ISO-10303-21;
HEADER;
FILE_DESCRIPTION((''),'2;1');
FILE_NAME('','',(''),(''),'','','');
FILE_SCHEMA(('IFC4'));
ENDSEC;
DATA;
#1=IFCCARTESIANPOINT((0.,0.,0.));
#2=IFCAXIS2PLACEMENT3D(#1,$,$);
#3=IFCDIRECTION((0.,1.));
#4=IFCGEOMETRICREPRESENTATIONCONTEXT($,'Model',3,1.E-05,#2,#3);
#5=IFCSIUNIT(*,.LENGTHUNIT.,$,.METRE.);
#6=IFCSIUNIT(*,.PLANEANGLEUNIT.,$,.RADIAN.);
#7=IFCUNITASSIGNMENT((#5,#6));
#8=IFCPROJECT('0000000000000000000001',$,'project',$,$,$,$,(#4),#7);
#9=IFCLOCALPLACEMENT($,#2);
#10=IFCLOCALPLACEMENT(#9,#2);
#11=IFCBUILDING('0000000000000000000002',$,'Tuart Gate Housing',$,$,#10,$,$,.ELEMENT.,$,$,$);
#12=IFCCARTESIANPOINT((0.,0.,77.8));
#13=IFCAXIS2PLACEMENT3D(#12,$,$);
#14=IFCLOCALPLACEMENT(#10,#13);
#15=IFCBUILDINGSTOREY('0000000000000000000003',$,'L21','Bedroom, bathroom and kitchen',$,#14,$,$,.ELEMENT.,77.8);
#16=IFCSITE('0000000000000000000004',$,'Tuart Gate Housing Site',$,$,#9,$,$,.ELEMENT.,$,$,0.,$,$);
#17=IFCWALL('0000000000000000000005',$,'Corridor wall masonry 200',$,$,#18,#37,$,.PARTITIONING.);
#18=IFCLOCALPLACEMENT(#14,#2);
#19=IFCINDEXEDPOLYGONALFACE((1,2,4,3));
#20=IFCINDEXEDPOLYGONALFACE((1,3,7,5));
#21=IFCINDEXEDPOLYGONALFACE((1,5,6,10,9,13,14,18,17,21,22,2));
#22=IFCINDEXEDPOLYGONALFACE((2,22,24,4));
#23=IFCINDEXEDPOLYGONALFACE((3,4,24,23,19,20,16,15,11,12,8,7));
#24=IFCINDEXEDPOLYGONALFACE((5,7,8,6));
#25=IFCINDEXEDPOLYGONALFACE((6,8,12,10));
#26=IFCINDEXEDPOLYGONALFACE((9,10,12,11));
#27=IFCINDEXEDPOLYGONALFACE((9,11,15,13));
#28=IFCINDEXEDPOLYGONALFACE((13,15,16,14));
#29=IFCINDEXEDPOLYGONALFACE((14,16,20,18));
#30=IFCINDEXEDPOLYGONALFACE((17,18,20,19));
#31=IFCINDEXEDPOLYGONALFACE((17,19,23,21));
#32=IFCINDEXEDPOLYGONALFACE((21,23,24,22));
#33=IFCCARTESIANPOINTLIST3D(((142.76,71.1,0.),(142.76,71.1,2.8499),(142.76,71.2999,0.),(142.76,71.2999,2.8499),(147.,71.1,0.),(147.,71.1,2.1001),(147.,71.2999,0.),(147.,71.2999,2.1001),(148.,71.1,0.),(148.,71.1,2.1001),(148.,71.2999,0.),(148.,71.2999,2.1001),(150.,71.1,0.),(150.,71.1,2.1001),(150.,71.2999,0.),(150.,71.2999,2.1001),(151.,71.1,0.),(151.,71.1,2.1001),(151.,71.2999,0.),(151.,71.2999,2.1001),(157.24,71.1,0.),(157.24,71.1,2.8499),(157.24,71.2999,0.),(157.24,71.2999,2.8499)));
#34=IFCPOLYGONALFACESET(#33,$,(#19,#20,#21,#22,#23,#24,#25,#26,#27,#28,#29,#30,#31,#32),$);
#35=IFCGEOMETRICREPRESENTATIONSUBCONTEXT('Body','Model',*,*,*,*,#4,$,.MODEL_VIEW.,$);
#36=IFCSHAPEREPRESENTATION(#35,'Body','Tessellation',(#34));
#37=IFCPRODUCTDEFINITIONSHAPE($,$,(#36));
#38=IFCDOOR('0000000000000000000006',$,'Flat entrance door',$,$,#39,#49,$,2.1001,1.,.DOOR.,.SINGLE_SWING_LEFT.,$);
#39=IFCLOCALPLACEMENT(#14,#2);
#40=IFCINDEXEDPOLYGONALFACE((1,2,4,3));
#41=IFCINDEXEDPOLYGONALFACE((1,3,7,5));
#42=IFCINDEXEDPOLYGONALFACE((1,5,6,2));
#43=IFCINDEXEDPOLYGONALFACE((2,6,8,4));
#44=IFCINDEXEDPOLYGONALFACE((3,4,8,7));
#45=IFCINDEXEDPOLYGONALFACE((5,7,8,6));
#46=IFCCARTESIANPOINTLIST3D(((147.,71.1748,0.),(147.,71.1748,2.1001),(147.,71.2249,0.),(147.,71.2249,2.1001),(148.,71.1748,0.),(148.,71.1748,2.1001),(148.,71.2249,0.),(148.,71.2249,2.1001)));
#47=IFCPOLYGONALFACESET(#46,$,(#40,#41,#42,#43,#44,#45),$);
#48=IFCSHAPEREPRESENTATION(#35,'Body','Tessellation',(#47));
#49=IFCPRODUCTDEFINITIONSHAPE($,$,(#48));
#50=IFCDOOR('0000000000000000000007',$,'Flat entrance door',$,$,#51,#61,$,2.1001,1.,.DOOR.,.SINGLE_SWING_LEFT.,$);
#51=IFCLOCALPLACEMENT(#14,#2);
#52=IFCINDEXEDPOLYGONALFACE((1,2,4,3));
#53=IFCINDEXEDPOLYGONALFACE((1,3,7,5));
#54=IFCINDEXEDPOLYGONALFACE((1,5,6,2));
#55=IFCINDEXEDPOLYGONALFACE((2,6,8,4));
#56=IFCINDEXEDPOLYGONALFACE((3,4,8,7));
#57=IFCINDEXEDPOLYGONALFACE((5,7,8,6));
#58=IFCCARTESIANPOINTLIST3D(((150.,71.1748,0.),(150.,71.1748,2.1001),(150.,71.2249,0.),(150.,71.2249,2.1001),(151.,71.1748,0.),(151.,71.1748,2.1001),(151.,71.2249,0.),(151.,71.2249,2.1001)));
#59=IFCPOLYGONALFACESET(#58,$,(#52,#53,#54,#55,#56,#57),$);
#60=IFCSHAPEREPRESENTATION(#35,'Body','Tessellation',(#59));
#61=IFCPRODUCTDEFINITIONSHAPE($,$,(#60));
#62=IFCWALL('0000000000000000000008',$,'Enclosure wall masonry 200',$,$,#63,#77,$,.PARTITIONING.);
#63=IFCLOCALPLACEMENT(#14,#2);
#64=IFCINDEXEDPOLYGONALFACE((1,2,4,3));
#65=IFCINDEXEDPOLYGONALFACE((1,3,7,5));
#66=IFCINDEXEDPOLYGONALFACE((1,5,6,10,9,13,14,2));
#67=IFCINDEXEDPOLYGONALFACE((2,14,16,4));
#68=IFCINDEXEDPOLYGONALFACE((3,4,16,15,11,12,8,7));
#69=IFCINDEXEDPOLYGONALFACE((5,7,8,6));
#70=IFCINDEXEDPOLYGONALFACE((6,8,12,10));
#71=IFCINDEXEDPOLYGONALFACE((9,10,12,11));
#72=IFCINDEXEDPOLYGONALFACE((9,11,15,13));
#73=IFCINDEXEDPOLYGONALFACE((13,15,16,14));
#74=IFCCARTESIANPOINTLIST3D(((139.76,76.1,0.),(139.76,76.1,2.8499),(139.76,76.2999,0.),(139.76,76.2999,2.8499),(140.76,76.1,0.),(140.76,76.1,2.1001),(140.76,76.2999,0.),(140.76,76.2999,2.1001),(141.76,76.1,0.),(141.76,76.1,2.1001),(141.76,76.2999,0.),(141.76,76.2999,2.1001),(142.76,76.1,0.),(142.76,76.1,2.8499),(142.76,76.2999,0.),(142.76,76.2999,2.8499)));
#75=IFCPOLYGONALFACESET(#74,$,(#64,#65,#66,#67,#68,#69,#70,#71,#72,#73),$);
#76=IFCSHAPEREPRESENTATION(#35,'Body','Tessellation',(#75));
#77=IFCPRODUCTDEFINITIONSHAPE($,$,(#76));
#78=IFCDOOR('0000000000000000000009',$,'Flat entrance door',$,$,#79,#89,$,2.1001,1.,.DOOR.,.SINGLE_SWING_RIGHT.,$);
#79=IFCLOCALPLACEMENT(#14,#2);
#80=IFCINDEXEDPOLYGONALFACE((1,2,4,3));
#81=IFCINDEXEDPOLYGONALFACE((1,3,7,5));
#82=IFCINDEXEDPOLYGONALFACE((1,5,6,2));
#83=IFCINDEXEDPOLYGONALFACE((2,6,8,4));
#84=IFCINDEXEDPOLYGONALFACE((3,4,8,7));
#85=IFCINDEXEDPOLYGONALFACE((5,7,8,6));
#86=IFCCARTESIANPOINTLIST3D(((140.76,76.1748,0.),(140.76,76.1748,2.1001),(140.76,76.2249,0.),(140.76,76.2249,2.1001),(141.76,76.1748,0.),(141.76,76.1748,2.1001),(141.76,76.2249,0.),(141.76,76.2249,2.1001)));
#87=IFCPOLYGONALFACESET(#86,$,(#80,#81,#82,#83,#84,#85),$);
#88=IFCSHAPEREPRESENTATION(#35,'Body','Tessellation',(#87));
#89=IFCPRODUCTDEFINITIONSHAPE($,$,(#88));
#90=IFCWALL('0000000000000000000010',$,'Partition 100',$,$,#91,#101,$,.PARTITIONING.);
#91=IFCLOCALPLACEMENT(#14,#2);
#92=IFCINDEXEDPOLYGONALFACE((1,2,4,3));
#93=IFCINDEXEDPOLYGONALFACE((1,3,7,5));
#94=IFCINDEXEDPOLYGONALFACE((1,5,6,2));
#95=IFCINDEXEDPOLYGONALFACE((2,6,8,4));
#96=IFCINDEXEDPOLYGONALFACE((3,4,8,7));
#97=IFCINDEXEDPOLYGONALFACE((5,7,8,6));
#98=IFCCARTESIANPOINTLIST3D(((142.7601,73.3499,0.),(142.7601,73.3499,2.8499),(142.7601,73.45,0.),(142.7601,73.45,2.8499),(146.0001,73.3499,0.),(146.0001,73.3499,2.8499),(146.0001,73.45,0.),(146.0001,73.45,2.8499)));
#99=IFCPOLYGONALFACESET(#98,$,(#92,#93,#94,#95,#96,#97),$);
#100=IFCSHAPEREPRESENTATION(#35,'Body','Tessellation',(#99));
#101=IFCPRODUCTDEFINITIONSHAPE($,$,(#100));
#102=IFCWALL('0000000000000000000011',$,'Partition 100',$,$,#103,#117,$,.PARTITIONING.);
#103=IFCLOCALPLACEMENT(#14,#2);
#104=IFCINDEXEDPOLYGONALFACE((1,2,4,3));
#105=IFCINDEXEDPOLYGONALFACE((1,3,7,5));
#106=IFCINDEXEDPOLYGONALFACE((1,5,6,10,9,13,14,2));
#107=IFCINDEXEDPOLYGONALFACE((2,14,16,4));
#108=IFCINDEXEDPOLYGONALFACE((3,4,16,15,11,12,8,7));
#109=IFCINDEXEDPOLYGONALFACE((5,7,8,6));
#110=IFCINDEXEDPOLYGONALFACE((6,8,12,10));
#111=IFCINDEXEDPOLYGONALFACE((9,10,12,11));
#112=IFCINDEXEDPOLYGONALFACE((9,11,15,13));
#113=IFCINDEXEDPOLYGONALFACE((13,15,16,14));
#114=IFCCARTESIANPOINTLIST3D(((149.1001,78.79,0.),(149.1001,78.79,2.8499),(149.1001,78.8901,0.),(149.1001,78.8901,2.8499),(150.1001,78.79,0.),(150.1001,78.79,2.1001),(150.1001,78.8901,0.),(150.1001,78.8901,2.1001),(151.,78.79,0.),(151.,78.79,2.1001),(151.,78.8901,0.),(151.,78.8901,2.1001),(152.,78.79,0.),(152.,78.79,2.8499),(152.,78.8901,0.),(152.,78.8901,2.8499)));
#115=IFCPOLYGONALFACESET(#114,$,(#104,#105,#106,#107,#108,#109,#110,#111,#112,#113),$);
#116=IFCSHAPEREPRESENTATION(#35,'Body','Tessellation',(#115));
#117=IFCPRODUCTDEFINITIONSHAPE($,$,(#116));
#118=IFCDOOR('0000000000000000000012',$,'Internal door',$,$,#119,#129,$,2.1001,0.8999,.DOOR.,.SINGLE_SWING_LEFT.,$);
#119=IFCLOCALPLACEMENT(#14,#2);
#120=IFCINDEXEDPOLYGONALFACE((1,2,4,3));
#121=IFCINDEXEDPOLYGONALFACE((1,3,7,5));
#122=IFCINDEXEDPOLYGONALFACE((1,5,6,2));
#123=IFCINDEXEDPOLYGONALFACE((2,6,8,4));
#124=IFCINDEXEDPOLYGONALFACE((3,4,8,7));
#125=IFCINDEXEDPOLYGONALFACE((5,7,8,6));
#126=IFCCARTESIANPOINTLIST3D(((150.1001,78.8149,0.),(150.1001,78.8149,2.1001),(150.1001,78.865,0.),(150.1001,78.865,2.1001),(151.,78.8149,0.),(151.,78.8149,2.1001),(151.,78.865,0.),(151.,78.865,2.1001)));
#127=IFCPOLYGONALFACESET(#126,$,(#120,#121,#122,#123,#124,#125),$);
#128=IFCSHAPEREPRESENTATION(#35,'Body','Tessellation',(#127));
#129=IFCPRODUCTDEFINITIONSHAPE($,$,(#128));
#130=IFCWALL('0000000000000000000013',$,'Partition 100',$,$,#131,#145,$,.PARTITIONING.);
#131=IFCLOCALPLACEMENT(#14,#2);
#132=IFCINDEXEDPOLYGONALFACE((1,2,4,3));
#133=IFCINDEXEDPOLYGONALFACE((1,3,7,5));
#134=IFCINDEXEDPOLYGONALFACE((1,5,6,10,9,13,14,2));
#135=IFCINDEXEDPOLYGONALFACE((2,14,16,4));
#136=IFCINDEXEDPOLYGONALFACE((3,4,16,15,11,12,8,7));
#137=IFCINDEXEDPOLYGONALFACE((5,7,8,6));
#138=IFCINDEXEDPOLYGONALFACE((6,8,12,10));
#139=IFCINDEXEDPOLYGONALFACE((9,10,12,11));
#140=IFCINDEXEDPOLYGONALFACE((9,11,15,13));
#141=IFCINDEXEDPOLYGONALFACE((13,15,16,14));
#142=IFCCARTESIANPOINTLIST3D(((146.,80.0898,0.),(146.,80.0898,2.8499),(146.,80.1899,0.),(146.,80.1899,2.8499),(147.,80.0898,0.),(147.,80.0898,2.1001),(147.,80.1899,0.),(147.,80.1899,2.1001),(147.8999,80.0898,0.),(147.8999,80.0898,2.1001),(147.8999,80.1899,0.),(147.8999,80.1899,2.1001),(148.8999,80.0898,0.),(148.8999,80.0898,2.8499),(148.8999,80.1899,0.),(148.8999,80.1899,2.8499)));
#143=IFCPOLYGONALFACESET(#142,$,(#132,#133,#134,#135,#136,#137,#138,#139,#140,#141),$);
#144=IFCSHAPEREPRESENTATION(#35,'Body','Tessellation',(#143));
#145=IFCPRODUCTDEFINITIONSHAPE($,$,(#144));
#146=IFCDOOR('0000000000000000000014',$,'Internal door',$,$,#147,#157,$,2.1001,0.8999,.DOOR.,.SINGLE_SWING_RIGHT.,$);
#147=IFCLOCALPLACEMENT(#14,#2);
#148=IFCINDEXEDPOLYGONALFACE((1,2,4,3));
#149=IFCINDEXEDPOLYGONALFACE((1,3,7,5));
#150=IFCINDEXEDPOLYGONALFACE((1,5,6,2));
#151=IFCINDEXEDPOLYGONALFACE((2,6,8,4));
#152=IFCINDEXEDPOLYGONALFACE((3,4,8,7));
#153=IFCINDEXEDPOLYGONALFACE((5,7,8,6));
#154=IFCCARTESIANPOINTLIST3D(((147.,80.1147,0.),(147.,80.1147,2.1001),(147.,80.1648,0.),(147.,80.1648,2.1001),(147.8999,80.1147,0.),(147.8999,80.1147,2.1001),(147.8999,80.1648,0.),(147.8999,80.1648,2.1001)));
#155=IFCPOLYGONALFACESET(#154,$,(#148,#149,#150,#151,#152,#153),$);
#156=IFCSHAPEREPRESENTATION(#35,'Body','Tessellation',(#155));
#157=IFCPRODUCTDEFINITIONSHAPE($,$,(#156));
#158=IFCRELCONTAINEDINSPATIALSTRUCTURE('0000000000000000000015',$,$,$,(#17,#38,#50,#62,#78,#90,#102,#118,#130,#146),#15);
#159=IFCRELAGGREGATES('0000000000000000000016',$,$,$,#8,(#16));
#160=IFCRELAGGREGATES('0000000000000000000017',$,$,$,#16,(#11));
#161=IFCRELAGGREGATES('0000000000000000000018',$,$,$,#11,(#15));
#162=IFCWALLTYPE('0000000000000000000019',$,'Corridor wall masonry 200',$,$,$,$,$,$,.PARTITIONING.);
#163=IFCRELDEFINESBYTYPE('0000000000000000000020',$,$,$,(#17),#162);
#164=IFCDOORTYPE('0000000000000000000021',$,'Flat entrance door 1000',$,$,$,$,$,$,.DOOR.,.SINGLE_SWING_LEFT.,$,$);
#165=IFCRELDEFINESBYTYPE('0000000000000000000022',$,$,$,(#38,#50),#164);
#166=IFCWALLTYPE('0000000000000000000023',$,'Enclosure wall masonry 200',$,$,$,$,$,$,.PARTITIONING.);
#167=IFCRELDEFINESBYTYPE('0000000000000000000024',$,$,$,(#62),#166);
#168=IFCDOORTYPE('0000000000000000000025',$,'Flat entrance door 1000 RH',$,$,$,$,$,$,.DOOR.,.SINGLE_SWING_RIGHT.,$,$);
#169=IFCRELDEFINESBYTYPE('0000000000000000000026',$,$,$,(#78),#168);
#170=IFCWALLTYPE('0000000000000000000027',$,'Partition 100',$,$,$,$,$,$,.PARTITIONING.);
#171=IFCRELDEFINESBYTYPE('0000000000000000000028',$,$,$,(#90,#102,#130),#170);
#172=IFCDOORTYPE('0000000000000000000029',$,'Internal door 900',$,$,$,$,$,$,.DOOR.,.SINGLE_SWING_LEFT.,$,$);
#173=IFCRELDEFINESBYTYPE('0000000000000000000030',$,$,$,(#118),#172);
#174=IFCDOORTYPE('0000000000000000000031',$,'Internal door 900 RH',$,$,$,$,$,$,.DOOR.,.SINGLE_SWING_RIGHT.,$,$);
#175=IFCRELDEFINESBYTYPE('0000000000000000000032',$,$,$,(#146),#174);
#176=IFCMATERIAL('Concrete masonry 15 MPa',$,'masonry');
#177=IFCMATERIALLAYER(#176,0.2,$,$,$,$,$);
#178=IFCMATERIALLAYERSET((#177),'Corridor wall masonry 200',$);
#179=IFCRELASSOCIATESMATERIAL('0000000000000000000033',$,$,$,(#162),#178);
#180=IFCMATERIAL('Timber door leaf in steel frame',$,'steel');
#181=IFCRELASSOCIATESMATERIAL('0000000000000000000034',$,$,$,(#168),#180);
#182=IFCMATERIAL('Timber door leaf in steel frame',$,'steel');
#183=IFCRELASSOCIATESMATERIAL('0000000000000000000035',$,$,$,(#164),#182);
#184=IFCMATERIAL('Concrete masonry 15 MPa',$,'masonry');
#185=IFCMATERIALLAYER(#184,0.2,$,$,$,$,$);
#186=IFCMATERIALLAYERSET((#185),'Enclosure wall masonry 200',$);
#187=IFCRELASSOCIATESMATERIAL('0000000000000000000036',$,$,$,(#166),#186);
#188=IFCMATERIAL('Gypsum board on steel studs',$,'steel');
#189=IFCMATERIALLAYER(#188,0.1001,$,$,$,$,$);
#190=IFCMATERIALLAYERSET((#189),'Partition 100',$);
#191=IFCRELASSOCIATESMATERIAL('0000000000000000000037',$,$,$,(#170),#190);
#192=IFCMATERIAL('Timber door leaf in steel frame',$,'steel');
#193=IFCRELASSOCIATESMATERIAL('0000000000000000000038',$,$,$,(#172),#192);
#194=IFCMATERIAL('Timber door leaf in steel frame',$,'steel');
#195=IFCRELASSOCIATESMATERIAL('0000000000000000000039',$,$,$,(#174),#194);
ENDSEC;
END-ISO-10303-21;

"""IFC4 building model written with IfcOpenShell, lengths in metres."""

from ifc_helpers import new_model, si_unit, direction, frame, frame_2d, origin, place, context, subcontext, project, spatial, rectangle, extrude, material, layer, layer_set, type_object, element, fill, save


model = new_model("IFC4")

# Units and contexts
model_context = context("Model", 3, precision=1e-05, world=origin(), true_north=direction((0.0, 1.0)))
body_context = subcontext(model_context, "Body", "Model", "MODEL_VIEW")
ifc_project = project(units=[si_unit("LENGTHUNIT", "METRE"), si_unit("PLANEANGLEUNIT", "RADIAN")], contexts=[model_context])

# Site, building, storey
site_placement = place(None, origin())
site = spatial("IfcSite", under=ifc_project, at=site_placement, Name="Tuart Gate Housing Site", CompositionType="ELEMENT", RefElevation=0.0)
building_placement = place(site_placement, origin())
building = spatial("IfcBuilding", under=site, at=building_placement, Name="Tuart Gate Housing", CompositionType="ELEMENT")
storey_placement = place(building_placement, frame((0.0, 0.0, 77.8)))
storey = spatial("IfcBuildingStorey", under=building, at=storey_placement, Name="L21", Description="Bedroom, bathroom and kitchen", CompositionType="ELEMENT", Elevation=77.8)

# Wall, openings, doors
ifc_material_1 = material(Name="Concrete masonry 15 MPa", Category="masonry")
ifc_layer_1 = layer(ifc_material_1, 0.2)
ifc_layer_set_1 = layer_set([ifc_layer_1], Name="Corridor wall masonry 200")
wall_type_1 = type_object("IfcWallType", Name="Corridor wall masonry 200", PredefinedType="PARTITIONING", material=ifc_layer_set_1)
ifc_material_2 = material(Name="Timber door leaf in steel frame", Category="steel")
door_type_1 = type_object("IfcDoorType", Name="Flat entrance door 1000 RH", OperationType="SINGLE_SWING_RIGHT", PredefinedType="DOOR", material=ifc_material_2)
wall_1_placement = place(storey_placement, frame((142.76, 71.2, 0.0), z_axis=(0.0, 0.0, 1.0), x_axis=(1.0, 0.0, 0.0)))
wall_1 = element("IfcWall", 1, at=wall_1_placement, inside=storey, type_object=wall_type_1, Name="Corridor wall masonry 200", PredefinedType="PARTITIONING", context=body_context, shape_type="SweptSolid", body=[
    extrude(rectangle(XDim=14.48, YDim=0.2, at=frame_2d((7.24, 0.0))), origin(), (0.0, 0.0, 1.0), 2.8499),
])
opening_1_placement = place(wall_1_placement, frame((4.24, 0.0, 0.0)))
opening_1 = element("IfcOpeningElement", 2, at=opening_1_placement, cuts=wall_1, PredefinedType="OPENING", context=body_context, shape_type="SweptSolid", body=[
    extrude(rectangle(XDim=1.0, YDim=2.1001, at=frame_2d((0.5, 1.05))), frame((0.0, 0.1099, 0.0), z_axis=(0.0, -1.0, 0.0), x_axis=(1.0, 0.0, 0.0)), (0.0, 0.0, 1.0), 0.22),
])
opening_2_placement = place(wall_1_placement, frame((7.24, 0.0, 0.0)))
opening_2 = element("IfcOpeningElement", 3, at=opening_2_placement, cuts=wall_1, PredefinedType="OPENING", context=body_context, shape_type="SweptSolid", body=[
    extrude(rectangle(XDim=1.0, YDim=2.1001, at=frame_2d((0.5, 1.05))), frame((0.0, 0.1099, 0.0), z_axis=(0.0, -1.0, 0.0), x_axis=(1.0, 0.0, 0.0)), (0.0, 0.0, 1.0), 0.22),
])
ifc_material_3 = material(Name="Timber door leaf in steel frame", Category="steel")
door_type_2 = type_object("IfcDoorType", Name="Flat entrance door 1000", OperationType="SINGLE_SWING_LEFT", PredefinedType="DOOR", material=ifc_material_3)
door_1_placement = place(opening_1_placement, origin())
door_1 = element("IfcDoor", 4, at=door_1_placement, inside=storey, type_object=door_type_2, Name="Flat entrance door", OperationType="SINGLE_SWING_LEFT", OverallHeight=2.1001, OverallWidth=1.0, PredefinedType="DOOR", context=body_context, shape_type="SweptSolid", body=[
    extrude(rectangle(XDim=1.0, YDim=2.1001, at=frame_2d((0.5, 1.05))), frame((0.0, 0.0249, 0.0), z_axis=(0.0, -1.0, 0.0), x_axis=(1.0, 0.0, 0.0)), (0.0, 0.0, 1.0), 0.05),
])
fill(opening_1, door_1)
door_2_placement = place(opening_2_placement, origin())
door_2 = element("IfcDoor", 5, at=door_2_placement, inside=storey, type_object=door_type_2, Name="Flat entrance door", OperationType="SINGLE_SWING_LEFT", OverallHeight=2.1001, OverallWidth=1.0, PredefinedType="DOOR", context=body_context, shape_type="SweptSolid", body=[
    extrude(rectangle(XDim=1.0, YDim=2.1001, at=frame_2d((0.5, 1.05))), frame((0.0, 0.0249, 0.0), z_axis=(0.0, -1.0, 0.0), x_axis=(1.0, 0.0, 0.0)), (0.0, 0.0, 1.0), 0.05),
])
fill(opening_2, door_2)

# Wall, opening, door
ifc_material_4 = material(Name="Concrete masonry 15 MPa", Category="masonry")
ifc_layer_2 = layer(ifc_material_4, 0.2)
ifc_layer_set_2 = layer_set([ifc_layer_2], Name="Enclosure wall masonry 200")
wall_type_2 = type_object("IfcWallType", Name="Enclosure wall masonry 200", PredefinedType="PARTITIONING", material=ifc_layer_set_2)
wall_2_placement = place(storey_placement, frame((139.76, 76.2, 0.0), z_axis=(0.0, 0.0, 1.0), x_axis=(1.0, 0.0, 0.0)))
wall_2 = element("IfcWall", 6, at=wall_2_placement, inside=storey, type_object=wall_type_2, Name="Enclosure wall masonry 200", PredefinedType="PARTITIONING", context=body_context, shape_type="SweptSolid", body=[
    extrude(rectangle(XDim=3.0, YDim=0.2, at=frame_2d((1.5, 0.0))), origin(), (0.0, 0.0, 1.0), 2.8499),
])
opening_3_placement = place(wall_2_placement, frame((1.0, 0.0, 0.0)))
opening_3 = element("IfcOpeningElement", 7, at=opening_3_placement, cuts=wall_2, PredefinedType="OPENING", context=body_context, shape_type="SweptSolid", body=[
    extrude(rectangle(XDim=1.0, YDim=2.1001, at=frame_2d((0.5, 1.05))), frame((0.0, 0.1099, 0.0), z_axis=(0.0, -1.0, 0.0), x_axis=(1.0, 0.0, 0.0)), (0.0, 0.0, 1.0), 0.22),
])
door_3_placement = place(opening_3_placement, origin())
door_3 = element("IfcDoor", 8, at=door_3_placement, inside=storey, type_object=door_type_1, Name="Flat entrance door", OperationType="SINGLE_SWING_RIGHT", OverallHeight=2.1001, OverallWidth=1.0, PredefinedType="DOOR", context=body_context, shape_type="SweptSolid", body=[
    extrude(rectangle(XDim=1.0, YDim=2.1001, at=frame_2d((0.5, 1.05))), frame((0.0, 0.0249, 0.0), z_axis=(0.0, -1.0, 0.0), x_axis=(1.0, 0.0, 0.0)), (0.0, 0.0, 1.0), 0.05),
])
fill(opening_3, door_3)

# Wall
ifc_material_5 = material(Name="Gypsum board on steel studs", Category="steel")
ifc_layer_3 = layer(ifc_material_5, 0.1001)
ifc_layer_set_3 = layer_set([ifc_layer_3], Name="Partition 100")
wall_type_3 = type_object("IfcWallType", Name="Partition 100", PredefinedType="PARTITIONING", material=ifc_layer_set_3)
wall_3_placement = place(storey_placement, frame((142.76, 73.3999, 0.0), z_axis=(0.0, 0.0, 1.0), x_axis=(1.0, 0.0, 0.0)))
element("IfcWall", 9, at=wall_3_placement, inside=storey, type_object=wall_type_3, Name="Partition 100", PredefinedType="PARTITIONING", context=body_context, shape_type="SweptSolid", body=[
    extrude(rectangle(XDim=3.24, YDim=0.1001, at=frame_2d((1.6201, 0.0))), origin(), (0.0, 0.0, 1.0), 2.8499),
])

# Walls, openings, doors
wall_4_placement = place(storey_placement, frame((149.1001, 78.8401, 0.0), z_axis=(0.0, 0.0, 1.0), x_axis=(1.0, 0.0, 0.0)))
wall_4 = element("IfcWall", 10, at=wall_4_placement, inside=storey, type_object=wall_type_3, Name="Partition 100", PredefinedType="PARTITIONING", context=body_context, shape_type="SweptSolid", body=[
    extrude(rectangle(XDim=2.8999, YDim=0.1001, at=frame_2d((1.45, 0.0))), origin(), (0.0, 0.0, 1.0), 2.8499),
])
opening_4_placement = place(wall_4_placement, frame((1.0, 0.0, 0.0)))
opening_4 = element("IfcOpeningElement", 11, at=opening_4_placement, cuts=wall_4, PredefinedType="OPENING", context=body_context, shape_type="SweptSolid", body=[
    extrude(rectangle(XDim=0.8999, YDim=2.1001, at=frame_2d((0.45, 1.05))), frame((0.0, 0.0601, 0.0), z_axis=(0.0, -1.0, 0.0), x_axis=(1.0, 0.0, 0.0)), (0.0, 0.0, 1.0), 0.1201),
])
ifc_material_6 = material(Name="Timber door leaf in steel frame", Category="steel")
door_type_3 = type_object("IfcDoorType", Name="Internal door 900", OperationType="SINGLE_SWING_LEFT", PredefinedType="DOOR", material=ifc_material_6)
door_4_placement = place(opening_4_placement, frame((0.8999, 0.0, 0.0), z_axis=(0.0, 0.0, 1.0), x_axis=(-1.0, 0.0, 0.0)))
door_4 = element("IfcDoor", 12, at=door_4_placement, inside=storey, type_object=door_type_3, Name="Internal door", OperationType="SINGLE_SWING_LEFT", OverallHeight=2.1001, OverallWidth=0.8999, PredefinedType="DOOR", context=body_context, shape_type="SweptSolid", body=[
    extrude(rectangle(XDim=0.8999, YDim=2.1001, at=frame_2d((0.45, 1.05))), frame((0.0, 0.0251, 0.0), z_axis=(0.0, -1.0, 0.0), x_axis=(1.0, 0.0, 0.0)), (0.0, 0.0, 1.0), 0.05),
])
fill(opening_4, door_4)
wall_5_placement = place(storey_placement, frame((146.0, 80.1399, 0.0), z_axis=(0.0, 0.0, 1.0), x_axis=(1.0, 0.0, 0.0)))
wall_5 = element("IfcWall", 13, at=wall_5_placement, inside=storey, type_object=wall_type_3, Name="Partition 100", PredefinedType="PARTITIONING", context=body_context, shape_type="SweptSolid", body=[
    extrude(rectangle(XDim=2.8999, YDim=0.1001, at=frame_2d((1.45, 0.0))), origin(), (0.0, 0.0, 1.0), 2.8499),
])
opening_5_placement = place(wall_5_placement, frame((1.0, 0.0, 0.0)))
opening_5 = element("IfcOpeningElement", 14, at=opening_5_placement, cuts=wall_5, PredefinedType="OPENING", context=body_context, shape_type="SweptSolid", body=[
    extrude(rectangle(XDim=0.8999, YDim=2.1001, at=frame_2d((0.45, 1.05))), frame((0.0, 0.0601, 0.0), z_axis=(0.0, -1.0, 0.0), x_axis=(1.0, 0.0, 0.0)), (0.0, 0.0, 1.0), 0.1201),
])
ifc_material_7 = material(Name="Timber door leaf in steel frame", Category="steel")
door_type_4 = type_object("IfcDoorType", Name="Internal door 900 RH", OperationType="SINGLE_SWING_RIGHT", PredefinedType="DOOR", material=ifc_material_7)
door_5_placement = place(opening_5_placement, frame((0.8999, 0.0, 0.0), z_axis=(0.0, 0.0, 1.0), x_axis=(-1.0, 0.0, 0.0)))
door_5 = element("IfcDoor", 15, at=door_5_placement, inside=storey, type_object=door_type_4, Name="Internal door", OperationType="SINGLE_SWING_RIGHT", OverallHeight=2.1001, OverallWidth=0.8999, PredefinedType="DOOR", context=body_context, shape_type="SweptSolid", body=[
    extrude(rectangle(XDim=0.8999, YDim=2.1001, at=frame_2d((0.45, 1.05))), frame((0.0, 0.0251, 0.0), z_axis=(0.0, -1.0, 0.0), x_axis=(1.0, 0.0, 0.0)), (0.0, 0.0, 1.0), 0.05),
])
fill(opening_5, door_5)

save(model, "model.ifc")
